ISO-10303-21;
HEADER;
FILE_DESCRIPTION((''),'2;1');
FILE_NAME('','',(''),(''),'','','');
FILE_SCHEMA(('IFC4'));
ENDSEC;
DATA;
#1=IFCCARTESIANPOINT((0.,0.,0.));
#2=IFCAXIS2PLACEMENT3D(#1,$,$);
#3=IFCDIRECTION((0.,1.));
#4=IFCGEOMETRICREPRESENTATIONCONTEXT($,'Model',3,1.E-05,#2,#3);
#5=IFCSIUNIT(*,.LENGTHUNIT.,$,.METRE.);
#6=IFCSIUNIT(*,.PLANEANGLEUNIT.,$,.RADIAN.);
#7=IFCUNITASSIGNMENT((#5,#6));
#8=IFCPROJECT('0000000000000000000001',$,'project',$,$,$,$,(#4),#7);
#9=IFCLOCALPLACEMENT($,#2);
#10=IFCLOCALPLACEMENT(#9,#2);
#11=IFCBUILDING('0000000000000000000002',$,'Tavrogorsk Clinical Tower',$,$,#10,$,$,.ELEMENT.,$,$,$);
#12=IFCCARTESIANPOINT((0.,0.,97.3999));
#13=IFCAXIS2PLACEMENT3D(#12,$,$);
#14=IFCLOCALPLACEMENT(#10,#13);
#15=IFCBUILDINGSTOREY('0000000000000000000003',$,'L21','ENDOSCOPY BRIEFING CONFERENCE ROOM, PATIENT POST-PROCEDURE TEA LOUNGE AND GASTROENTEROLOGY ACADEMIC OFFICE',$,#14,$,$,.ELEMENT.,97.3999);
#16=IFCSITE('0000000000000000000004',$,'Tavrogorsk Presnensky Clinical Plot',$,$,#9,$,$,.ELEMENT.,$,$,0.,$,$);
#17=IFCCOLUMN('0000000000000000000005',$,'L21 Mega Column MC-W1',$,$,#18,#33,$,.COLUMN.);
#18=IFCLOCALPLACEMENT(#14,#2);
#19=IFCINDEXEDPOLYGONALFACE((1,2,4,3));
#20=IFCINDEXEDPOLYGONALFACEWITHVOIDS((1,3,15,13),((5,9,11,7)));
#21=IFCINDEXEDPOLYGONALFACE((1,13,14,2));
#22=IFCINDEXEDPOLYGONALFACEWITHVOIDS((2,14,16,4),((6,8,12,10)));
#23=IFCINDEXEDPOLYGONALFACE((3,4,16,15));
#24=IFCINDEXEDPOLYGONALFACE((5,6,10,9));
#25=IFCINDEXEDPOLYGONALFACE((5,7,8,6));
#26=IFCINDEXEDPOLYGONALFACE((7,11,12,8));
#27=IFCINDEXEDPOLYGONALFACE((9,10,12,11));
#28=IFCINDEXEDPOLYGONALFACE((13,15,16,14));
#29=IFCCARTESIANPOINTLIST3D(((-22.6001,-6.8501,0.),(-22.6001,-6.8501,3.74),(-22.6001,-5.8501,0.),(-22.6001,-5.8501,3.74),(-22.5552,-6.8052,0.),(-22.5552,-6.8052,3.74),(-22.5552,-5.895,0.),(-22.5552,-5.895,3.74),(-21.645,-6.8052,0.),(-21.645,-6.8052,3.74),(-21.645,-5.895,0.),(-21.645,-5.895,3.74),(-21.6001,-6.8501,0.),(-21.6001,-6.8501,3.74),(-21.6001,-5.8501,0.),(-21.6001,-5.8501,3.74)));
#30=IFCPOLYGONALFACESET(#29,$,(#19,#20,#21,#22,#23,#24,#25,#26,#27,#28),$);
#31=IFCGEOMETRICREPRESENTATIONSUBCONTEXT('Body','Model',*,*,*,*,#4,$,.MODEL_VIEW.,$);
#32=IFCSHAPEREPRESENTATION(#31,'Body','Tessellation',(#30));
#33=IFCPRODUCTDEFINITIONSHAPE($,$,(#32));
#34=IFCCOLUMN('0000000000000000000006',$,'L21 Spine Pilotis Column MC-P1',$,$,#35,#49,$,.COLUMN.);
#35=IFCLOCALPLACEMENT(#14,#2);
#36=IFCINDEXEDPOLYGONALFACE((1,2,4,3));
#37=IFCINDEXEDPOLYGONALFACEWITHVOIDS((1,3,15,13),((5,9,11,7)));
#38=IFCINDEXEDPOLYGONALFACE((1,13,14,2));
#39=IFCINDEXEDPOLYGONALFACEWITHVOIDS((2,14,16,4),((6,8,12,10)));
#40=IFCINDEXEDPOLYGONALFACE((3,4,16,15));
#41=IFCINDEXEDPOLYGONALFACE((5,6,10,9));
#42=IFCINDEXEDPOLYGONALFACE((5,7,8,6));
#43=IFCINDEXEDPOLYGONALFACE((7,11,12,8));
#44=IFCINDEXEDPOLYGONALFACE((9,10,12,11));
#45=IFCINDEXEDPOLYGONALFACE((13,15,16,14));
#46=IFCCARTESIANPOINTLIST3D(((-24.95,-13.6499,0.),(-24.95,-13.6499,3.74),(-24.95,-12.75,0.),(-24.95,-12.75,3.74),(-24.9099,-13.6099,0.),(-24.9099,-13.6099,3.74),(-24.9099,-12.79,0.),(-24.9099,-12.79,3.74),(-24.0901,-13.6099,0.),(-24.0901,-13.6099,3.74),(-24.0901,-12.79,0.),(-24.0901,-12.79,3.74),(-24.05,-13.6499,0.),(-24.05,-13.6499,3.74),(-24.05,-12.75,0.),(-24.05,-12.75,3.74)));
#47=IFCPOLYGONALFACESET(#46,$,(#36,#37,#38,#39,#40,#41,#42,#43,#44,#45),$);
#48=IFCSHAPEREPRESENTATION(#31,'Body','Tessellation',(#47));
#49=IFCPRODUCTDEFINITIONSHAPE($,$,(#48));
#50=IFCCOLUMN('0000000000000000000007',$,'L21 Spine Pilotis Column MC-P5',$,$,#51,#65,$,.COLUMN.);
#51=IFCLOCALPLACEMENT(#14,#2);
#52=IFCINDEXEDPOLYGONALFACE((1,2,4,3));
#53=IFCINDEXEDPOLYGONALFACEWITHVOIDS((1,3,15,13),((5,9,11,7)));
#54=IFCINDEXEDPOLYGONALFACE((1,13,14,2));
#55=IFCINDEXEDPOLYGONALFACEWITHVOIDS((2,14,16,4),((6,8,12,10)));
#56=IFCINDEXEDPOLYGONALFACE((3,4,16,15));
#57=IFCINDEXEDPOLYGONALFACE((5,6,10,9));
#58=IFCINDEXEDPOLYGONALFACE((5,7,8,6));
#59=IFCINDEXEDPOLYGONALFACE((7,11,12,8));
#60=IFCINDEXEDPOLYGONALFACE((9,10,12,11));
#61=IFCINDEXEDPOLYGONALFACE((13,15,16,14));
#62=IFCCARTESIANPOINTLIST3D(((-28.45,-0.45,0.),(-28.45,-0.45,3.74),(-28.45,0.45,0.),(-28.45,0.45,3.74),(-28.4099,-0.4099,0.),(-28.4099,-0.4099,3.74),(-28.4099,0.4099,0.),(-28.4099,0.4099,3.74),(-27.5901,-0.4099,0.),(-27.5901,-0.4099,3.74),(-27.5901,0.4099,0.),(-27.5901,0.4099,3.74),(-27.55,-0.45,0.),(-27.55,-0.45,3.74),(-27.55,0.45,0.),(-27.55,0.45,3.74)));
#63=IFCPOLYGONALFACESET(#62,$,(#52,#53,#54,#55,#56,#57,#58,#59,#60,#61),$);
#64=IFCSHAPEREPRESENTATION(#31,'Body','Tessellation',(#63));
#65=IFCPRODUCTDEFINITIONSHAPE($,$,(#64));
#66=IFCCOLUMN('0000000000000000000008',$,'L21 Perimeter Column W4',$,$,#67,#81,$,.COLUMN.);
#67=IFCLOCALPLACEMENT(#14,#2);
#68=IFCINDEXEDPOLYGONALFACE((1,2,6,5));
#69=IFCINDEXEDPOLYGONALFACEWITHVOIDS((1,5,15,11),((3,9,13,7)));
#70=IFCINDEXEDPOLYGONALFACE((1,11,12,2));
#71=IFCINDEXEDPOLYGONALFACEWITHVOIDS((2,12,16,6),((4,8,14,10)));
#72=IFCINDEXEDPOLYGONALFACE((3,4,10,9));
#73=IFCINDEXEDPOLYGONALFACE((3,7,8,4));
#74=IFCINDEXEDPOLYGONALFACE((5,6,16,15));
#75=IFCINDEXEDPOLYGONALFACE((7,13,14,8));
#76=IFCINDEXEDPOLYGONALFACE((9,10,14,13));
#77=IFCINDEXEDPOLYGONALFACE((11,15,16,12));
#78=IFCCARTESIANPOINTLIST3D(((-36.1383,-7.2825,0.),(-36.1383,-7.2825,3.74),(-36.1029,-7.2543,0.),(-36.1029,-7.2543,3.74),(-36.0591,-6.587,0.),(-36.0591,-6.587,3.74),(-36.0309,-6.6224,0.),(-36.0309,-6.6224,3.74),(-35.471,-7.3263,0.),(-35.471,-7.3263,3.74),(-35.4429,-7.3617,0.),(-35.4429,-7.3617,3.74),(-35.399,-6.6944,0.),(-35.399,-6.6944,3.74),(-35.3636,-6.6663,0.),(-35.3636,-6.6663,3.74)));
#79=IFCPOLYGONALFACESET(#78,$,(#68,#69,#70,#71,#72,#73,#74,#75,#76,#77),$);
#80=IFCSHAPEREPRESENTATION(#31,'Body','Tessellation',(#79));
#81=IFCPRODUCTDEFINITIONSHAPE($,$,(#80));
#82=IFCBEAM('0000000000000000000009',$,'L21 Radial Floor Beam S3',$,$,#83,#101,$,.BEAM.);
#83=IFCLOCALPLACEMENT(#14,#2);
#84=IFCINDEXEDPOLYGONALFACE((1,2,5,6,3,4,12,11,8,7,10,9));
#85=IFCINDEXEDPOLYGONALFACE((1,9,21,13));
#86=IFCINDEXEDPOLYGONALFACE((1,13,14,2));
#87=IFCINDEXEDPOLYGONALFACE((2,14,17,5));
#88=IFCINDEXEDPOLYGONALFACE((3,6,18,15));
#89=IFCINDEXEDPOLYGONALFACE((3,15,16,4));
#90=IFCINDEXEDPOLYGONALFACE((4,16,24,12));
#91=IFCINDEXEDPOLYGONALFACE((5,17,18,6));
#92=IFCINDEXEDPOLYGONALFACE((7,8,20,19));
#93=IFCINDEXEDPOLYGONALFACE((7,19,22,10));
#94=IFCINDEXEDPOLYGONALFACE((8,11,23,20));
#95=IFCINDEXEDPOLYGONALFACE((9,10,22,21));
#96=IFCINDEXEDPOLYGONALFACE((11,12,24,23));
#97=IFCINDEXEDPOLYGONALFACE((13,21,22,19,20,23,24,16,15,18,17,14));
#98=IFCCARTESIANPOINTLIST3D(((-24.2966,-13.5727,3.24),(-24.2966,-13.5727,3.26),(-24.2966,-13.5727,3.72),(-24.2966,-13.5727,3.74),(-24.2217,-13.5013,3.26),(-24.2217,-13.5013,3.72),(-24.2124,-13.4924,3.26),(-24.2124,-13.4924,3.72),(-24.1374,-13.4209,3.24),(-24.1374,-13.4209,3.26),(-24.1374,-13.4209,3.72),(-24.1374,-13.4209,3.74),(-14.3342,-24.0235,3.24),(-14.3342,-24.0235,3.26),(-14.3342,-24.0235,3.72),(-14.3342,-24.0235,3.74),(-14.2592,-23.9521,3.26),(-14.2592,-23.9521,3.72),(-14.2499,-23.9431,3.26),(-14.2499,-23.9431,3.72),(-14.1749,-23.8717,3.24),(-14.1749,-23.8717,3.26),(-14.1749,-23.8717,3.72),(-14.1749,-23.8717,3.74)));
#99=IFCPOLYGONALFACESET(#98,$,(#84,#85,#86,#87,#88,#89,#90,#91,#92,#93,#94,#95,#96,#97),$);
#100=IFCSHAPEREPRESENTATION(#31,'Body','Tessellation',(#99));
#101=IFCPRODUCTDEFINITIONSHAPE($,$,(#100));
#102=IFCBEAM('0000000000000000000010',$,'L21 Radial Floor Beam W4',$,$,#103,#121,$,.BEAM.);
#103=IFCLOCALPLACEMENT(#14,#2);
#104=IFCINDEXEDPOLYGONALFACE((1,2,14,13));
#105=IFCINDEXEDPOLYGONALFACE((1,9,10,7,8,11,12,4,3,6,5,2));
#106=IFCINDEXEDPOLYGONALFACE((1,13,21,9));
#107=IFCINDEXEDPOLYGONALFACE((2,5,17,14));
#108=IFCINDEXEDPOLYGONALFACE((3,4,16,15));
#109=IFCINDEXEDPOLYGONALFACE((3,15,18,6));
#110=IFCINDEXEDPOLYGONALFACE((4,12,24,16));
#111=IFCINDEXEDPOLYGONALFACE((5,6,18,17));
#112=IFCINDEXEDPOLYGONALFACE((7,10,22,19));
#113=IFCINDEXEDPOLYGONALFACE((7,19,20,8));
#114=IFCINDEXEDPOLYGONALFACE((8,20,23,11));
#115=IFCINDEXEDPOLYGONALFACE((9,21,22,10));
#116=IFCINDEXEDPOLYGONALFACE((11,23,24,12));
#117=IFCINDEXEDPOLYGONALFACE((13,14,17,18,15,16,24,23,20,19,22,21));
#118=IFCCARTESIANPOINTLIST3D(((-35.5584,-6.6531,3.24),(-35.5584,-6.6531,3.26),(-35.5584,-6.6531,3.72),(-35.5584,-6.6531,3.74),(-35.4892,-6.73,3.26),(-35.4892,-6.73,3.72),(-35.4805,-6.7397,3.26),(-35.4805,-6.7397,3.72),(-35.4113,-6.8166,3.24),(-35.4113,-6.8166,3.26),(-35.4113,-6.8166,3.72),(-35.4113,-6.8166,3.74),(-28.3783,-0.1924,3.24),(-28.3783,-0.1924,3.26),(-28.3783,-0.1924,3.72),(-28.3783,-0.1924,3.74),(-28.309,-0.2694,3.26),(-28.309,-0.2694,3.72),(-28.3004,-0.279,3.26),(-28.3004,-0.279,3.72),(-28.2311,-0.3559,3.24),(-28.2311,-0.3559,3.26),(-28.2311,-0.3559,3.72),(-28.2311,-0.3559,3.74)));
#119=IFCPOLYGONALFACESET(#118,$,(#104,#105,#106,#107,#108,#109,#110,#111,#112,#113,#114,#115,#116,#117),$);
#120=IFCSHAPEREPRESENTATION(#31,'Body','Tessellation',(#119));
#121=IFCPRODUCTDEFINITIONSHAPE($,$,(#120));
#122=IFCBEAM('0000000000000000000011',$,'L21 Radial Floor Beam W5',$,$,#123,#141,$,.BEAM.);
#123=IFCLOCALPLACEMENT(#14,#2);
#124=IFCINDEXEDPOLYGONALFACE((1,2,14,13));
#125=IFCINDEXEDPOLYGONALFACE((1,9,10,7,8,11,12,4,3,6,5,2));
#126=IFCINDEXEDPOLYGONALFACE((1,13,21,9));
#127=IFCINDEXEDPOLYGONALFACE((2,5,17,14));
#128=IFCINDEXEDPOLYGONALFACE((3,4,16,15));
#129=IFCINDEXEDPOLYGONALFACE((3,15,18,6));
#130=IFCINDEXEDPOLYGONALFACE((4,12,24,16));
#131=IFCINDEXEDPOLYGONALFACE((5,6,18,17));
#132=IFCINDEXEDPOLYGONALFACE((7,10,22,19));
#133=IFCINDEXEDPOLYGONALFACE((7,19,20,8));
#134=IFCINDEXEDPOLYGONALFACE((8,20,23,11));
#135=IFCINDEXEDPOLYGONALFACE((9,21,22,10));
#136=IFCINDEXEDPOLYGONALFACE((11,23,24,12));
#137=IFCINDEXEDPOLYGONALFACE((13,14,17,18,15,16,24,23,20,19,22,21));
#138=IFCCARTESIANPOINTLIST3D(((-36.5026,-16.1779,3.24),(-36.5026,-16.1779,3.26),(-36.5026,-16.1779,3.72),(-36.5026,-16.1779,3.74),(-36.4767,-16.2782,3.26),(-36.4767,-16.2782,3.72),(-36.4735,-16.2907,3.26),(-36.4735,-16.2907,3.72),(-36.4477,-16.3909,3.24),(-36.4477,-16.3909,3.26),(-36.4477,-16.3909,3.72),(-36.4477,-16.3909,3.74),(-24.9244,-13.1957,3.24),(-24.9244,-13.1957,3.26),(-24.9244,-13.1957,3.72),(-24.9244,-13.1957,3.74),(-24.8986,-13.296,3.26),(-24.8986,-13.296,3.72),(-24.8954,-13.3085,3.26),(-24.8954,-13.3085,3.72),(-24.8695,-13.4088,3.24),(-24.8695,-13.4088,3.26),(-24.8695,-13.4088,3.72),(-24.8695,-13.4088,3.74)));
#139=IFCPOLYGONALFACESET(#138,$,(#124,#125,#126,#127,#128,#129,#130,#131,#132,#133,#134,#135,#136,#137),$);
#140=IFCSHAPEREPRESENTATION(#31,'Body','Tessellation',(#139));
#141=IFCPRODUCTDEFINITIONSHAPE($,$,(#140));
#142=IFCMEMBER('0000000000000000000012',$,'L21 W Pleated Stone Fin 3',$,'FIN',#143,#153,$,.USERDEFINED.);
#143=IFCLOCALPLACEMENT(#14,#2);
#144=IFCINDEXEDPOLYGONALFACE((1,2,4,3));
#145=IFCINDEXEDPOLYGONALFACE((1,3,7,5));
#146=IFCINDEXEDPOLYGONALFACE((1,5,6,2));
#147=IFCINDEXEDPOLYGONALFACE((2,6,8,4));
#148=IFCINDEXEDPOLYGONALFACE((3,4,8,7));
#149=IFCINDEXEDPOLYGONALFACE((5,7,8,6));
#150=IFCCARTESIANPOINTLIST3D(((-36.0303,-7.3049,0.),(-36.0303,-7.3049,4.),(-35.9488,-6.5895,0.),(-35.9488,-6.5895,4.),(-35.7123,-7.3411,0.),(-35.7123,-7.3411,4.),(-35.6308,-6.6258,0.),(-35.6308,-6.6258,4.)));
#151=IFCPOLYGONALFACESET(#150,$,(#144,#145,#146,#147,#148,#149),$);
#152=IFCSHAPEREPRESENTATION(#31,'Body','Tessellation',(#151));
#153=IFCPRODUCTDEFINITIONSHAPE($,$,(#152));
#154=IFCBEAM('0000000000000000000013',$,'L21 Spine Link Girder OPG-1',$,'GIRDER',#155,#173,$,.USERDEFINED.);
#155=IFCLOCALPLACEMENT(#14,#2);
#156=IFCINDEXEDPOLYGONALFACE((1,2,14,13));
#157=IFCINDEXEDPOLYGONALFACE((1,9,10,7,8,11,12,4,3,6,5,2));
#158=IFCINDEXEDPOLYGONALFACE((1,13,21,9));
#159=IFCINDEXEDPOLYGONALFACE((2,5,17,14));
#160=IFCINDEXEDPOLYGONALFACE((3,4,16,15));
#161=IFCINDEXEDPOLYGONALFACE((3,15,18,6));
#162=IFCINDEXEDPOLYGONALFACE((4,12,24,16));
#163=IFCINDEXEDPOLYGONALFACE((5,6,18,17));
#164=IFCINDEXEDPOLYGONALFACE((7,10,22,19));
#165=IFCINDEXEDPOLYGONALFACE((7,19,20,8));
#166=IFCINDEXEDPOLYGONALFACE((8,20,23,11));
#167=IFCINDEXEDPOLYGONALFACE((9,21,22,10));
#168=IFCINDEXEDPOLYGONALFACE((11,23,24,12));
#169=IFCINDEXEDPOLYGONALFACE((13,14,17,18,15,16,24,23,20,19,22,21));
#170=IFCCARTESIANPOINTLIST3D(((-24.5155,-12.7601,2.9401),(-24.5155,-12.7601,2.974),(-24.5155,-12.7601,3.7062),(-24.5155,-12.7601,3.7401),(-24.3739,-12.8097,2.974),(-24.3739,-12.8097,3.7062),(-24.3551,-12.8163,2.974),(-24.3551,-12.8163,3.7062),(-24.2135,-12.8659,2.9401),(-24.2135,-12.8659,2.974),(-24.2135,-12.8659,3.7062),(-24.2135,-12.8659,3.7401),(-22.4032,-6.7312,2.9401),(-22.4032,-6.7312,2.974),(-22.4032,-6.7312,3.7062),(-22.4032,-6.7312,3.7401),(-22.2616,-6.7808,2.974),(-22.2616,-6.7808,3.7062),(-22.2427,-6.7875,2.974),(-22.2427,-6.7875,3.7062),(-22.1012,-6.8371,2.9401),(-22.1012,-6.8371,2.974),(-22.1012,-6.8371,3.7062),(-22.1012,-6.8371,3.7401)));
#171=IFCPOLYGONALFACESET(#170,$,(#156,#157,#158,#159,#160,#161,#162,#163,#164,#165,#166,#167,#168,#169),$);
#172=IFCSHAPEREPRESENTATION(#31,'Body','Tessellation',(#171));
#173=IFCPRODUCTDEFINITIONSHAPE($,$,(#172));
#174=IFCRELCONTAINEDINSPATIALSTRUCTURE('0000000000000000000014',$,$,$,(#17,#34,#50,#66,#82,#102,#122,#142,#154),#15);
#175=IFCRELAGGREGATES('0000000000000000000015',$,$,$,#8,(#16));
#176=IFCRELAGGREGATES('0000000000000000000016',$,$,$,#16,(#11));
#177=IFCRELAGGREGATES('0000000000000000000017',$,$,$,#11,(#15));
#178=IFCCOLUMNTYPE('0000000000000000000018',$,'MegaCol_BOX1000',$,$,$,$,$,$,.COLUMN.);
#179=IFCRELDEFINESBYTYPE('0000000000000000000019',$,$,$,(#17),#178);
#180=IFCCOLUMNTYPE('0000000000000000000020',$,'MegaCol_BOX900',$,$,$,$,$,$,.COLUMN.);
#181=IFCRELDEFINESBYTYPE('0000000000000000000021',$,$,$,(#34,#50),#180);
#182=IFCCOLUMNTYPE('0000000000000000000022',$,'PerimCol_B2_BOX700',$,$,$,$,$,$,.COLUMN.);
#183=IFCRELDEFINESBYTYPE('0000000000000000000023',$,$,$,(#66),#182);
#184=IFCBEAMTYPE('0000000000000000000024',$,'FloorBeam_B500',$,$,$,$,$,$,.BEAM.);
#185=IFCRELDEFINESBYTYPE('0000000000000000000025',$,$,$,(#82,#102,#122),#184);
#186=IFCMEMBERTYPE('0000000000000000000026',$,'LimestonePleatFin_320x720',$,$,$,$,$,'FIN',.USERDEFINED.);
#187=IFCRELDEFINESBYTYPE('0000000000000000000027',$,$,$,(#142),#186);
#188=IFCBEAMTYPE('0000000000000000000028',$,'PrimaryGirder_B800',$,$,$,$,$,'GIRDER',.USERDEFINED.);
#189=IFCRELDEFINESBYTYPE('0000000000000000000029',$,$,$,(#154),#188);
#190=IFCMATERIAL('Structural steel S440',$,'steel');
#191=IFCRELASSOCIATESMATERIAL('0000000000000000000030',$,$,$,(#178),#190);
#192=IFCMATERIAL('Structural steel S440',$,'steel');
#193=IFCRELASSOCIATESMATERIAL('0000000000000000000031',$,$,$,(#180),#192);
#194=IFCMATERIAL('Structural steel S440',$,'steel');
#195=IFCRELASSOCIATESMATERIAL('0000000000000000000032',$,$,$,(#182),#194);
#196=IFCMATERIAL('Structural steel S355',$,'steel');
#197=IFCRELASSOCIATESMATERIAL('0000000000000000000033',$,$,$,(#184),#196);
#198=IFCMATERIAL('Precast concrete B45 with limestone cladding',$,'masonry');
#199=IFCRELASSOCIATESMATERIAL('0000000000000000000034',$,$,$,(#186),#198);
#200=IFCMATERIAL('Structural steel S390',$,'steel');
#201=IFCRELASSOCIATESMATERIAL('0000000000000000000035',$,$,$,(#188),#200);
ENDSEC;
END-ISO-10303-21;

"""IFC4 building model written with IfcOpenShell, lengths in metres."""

from ifc_helpers import new_model, si_unit, direction, frame, origin, origin_2d, place, context, subcontext, project, spatial, rectangle, hollow_rectangle, i_section, extrude, material, material_profile, profile_set, type_object, element, save


model = new_model("IFC4")

# Units and contexts
model_context = context("Model", 3, precision=1e-05, world=origin(), true_north=direction((0.0, 1.0)))
body_context = subcontext(model_context, "Body", "Model", "MODEL_VIEW")
ifc_project = project(units=[si_unit("LENGTHUNIT", "METRE"), si_unit("PLANEANGLEUNIT", "RADIAN")], contexts=[model_context])

# Site, building, storey
site_placement = place(None, origin())
site = spatial("IfcSite", under=ifc_project, at=site_placement, Name="Tavrogorsk Presnensky Clinical Plot", CompositionType="ELEMENT", RefElevation=0.0)
building_placement = place(site_placement, origin())
building = spatial("IfcBuilding", under=site, at=building_placement, Name="Tavrogorsk Clinical Tower", CompositionType="ELEMENT")
storey_placement = place(building_placement, frame((0.0, 0.0, 97.3999)))
storey = spatial("IfcBuildingStorey", under=building, at=storey_placement, Name="L21", Description="ENDOSCOPY BRIEFING CONFERENCE ROOM, PATIENT POST-PROCEDURE TEA LOUNGE AND GASTROENTEROLOGY ACADEMIC OFFICE", CompositionType="ELEMENT", Elevation=97.3999)

# Columns
ifc_material_1 = material(Name="Structural steel S440", Category="steel")
ifc_material_profile_1 = material_profile(ifc_material_1, hollow_rectangle(XDim=1.0, YDim=1.0, WallThickness=0.0449, at=origin_2d()), Name="BOX-1000x1000x45")
ifc_profile_set_1 = profile_set([ifc_material_profile_1], Name="Structural steel S440")
column_type_1 = type_object("IfcColumnType", Name="MegaCol_BOX1000", PredefinedType="COLUMN", material=ifc_profile_set_1)
column_1_placement = place(storey_placement, frame((-22.1001, -6.3501, 0.0), z_axis=(0.0, 0.0, 1.0), x_axis=(1.0, 0.0, 0.0)))
element("IfcColumn", 1, at=column_1_placement, inside=storey, type_object=column_type_1, Name="L21 Mega Column MC-W1", PredefinedType="COLUMN", context=body_context, shape_type="SweptSolid", body=[
    extrude(hollow_rectangle(XDim=1.0, YDim=1.0, WallThickness=0.0449, at=origin_2d()), origin(), (0.0, 0.0, 1.0), 3.74),
])
ifc_material_2 = material(Name="Structural steel S440", Category="steel")
ifc_material_profile_2 = material_profile(ifc_material_2, hollow_rectangle(XDim=0.8999, YDim=0.8999, WallThickness=0.04, at=origin_2d()), Name="BOX-900x900x40")
ifc_profile_set_2 = profile_set([ifc_material_profile_2], Name="Structural steel S440")
column_type_2 = type_object("IfcColumnType", Name="MegaCol_BOX900", PredefinedType="COLUMN", material=ifc_profile_set_2)
for number, where, z_axis, x_axis, name in (
    (2, (-24.5, -13.2, 0.0), (0.0, 0.0, 1.0), (1.0, 0.0, 0.0), "L21 Spine Pilotis Column MC-P1"),
    (3, (-28.0, 0.0, 0.0), (0.0, 0.0, 1.0), (1.0, 0.0, 0.0), "L21 Spine Pilotis Column MC-P5"),
):
    element("IfcColumn", number, at=place(storey_placement, frame(where, z_axis=z_axis, x_axis=x_axis)), inside=storey, type_object=column_type_2, Name=name, PredefinedType="COLUMN", context=body_context, shape_type="SweptSolid", body=[
        extrude(hollow_rectangle(XDim=0.8999, YDim=0.8999, WallThickness=0.04, at=origin_2d()), origin(), (0.0, 0.0, 1.0), 3.74),
    ])
ifc_material_3 = material(Name="Structural steel S440", Category="steel")
ifc_material_profile_3 = material_profile(ifc_material_3, hollow_rectangle(XDim=0.7, YDim=0.7, WallThickness=0.032, at=origin_2d()), Name="BOX-700x700x32")
ifc_profile_set_3 = profile_set([ifc_material_profile_3], Name="Structural steel S440")
column_type_3 = type_object("IfcColumnType", Name="PerimCol_B2_BOX700", PredefinedType="COLUMN", material=ifc_profile_set_3)
column_2_placement = place(storey_placement, frame((-35.751, -6.9744, 0.0), z_axis=(0.0, 0.0, 1.0), x_axis=(0.993572, -0.113203, 0.0)))
element("IfcColumn", 4, at=column_2_placement, inside=storey, type_object=column_type_3, Name="L21 Perimeter Column W4", PredefinedType="COLUMN", context=body_context, shape_type="SweptSolid", body=[
    extrude(hollow_rectangle(XDim=0.7, YDim=0.7, WallThickness=0.032, at=origin_2d()), origin(), (0.0, 0.0, 1.0), 3.74),
])

# Beams
ifc_material_4 = material(Name="Structural steel S355", Category="steel")
ifc_material_profile_4 = material_profile(ifc_material_4, i_section(OverallWidth=0.22, OverallDepth=0.5, WebThickness=0.0129, FlangeThickness=0.02, at=origin_2d()), Name="B-500x220x13x20")
ifc_profile_set_4 = profile_set([ifc_material_profile_4], Name="Structural steel S355")
beam_type_1 = type_object("IfcBeamType", Name="FloorBeam_B500", PredefinedType="BEAM", material=ifc_profile_set_4)
beam_1_placement = place(storey_placement, frame((-24.217, -13.4968, 3.49), z_axis=(0.689995, -0.723814, 0.0), x_axis=(0.723814, 0.689995, 0.0)))
element("IfcBeam", 5, at=beam_1_placement, inside=storey, type_object=beam_type_1, Name="L21 Radial Floor Beam S3", PredefinedType="BEAM", context=body_context, shape_type="SweptSolid", body=[
    extrude(i_section(OverallWidth=0.22, OverallDepth=0.5, WebThickness=0.0129, FlangeThickness=0.02, at=origin_2d()), origin(), (0.0, 0.0, 1.0), 14.4385),
])
beam_2_placement = place(storey_placement, frame((-28.3047, -0.2742, 3.49), z_axis=(-0.74337, -0.668881, 0.0), x_axis=(0.668881, -0.74337, 0.0)))
element("IfcBeam", 6, at=beam_2_placement, inside=storey, type_object=beam_type_1, Name="L21 Radial Floor Beam W4", PredefinedType="BEAM", context=body_context, shape_type="SweptSolid", body=[
    extrude(i_section(OverallWidth=0.22, OverallDepth=0.5, WebThickness=0.0129, FlangeThickness=0.02, at=origin_2d()), origin(), (0.0, 0.0, 1.0), 9.6589),
])
beam_3_placement = place(storey_placement, frame((-24.897, -13.3022, 3.49), z_axis=(-0.968393, -0.249429, 0.0), x_axis=(0.249429, -0.968393, 0.0)))
element("IfcBeam", 7, at=beam_3_placement, inside=storey, type_object=beam_type_1, Name="L21 Radial Floor Beam W5", PredefinedType="BEAM", context=body_context, shape_type="SweptSolid", body=[
    extrude(i_section(OverallWidth=0.22, OverallDepth=0.5, WebThickness=0.0129, FlangeThickness=0.02, at=origin_2d()), origin(), (0.0, 0.0, 1.0), 11.9561),
])

# Member
ifc_material_5 = material(Name="Precast concrete B45 with limestone cladding", Category="masonry")
ifc_material_profile_5 = material_profile(ifc_material_5, rectangle(XDim=0.3201, YDim=0.72, at=origin_2d()), Name="LIMESTONE-FIN-320x720")
ifc_profile_set_5 = profile_set([ifc_material_profile_5], Name="Precast concrete B45 with limestone cladding")
member_type = type_object("IfcMemberType", Name="LimestonePleatFin_320x720", ElementType="FIN", PredefinedType="USERDEFINED", material=ifc_profile_set_5)
member_placement = place(storey_placement, frame((-35.8306, -6.9653, 0.0), z_axis=(0.0, 0.0, 1.0), x_axis=(0.993572, -0.113203, 0.0)))
element("IfcMember", 8, at=member_placement, inside=storey, type_object=member_type, Name="L21 W Pleated Stone Fin 3", ObjectType="FIN", PredefinedType="USERDEFINED", context=body_context, shape_type="SweptSolid", body=[
    extrude(rectangle(XDim=0.3201, YDim=0.72, at=origin_2d()), origin(), (0.0, 0.0, 1.0), 4.0),
])

# Beam
ifc_material_6 = material(Name="Structural steel S390", Category="steel")
ifc_material_profile_6 = material_profile(ifc_material_6, i_section(OverallWidth=0.3201, OverallDepth=0.8, WebThickness=0.02, FlangeThickness=0.0339, at=origin_2d()), Name="B-800x320x20x34")
ifc_profile_set_6 = profile_set([ifc_material_profile_6], Name="Structural steel S390")
beam_type_2 = type_object("IfcBeamType", Name="PrimaryGirder_B800", ElementType="GIRDER", PredefinedType="USERDEFINED", material=ifc_profile_set_6)
beam_4_placement = place(storey_placement, frame((-24.3645, -12.813, 3.3401), z_axis=(0.33066, 0.94375, 0.0), x_axis=(-0.94375, 0.33066, 0.0)))
element("IfcBeam", 9, at=beam_4_placement, inside=storey, type_object=beam_type_2, Name="L21 Spine Link Girder OPG-1", ObjectType="GIRDER", PredefinedType="USERDEFINED", context=body_context, shape_type="SweptSolid", body=[
    extrude(i_section(OverallWidth=0.3201, OverallDepth=0.8, WebThickness=0.02, FlangeThickness=0.0339, at=origin_2d()), origin(), (0.0, 0.0, 1.0), 6.3882),
])

save(model, "model.ifc")
